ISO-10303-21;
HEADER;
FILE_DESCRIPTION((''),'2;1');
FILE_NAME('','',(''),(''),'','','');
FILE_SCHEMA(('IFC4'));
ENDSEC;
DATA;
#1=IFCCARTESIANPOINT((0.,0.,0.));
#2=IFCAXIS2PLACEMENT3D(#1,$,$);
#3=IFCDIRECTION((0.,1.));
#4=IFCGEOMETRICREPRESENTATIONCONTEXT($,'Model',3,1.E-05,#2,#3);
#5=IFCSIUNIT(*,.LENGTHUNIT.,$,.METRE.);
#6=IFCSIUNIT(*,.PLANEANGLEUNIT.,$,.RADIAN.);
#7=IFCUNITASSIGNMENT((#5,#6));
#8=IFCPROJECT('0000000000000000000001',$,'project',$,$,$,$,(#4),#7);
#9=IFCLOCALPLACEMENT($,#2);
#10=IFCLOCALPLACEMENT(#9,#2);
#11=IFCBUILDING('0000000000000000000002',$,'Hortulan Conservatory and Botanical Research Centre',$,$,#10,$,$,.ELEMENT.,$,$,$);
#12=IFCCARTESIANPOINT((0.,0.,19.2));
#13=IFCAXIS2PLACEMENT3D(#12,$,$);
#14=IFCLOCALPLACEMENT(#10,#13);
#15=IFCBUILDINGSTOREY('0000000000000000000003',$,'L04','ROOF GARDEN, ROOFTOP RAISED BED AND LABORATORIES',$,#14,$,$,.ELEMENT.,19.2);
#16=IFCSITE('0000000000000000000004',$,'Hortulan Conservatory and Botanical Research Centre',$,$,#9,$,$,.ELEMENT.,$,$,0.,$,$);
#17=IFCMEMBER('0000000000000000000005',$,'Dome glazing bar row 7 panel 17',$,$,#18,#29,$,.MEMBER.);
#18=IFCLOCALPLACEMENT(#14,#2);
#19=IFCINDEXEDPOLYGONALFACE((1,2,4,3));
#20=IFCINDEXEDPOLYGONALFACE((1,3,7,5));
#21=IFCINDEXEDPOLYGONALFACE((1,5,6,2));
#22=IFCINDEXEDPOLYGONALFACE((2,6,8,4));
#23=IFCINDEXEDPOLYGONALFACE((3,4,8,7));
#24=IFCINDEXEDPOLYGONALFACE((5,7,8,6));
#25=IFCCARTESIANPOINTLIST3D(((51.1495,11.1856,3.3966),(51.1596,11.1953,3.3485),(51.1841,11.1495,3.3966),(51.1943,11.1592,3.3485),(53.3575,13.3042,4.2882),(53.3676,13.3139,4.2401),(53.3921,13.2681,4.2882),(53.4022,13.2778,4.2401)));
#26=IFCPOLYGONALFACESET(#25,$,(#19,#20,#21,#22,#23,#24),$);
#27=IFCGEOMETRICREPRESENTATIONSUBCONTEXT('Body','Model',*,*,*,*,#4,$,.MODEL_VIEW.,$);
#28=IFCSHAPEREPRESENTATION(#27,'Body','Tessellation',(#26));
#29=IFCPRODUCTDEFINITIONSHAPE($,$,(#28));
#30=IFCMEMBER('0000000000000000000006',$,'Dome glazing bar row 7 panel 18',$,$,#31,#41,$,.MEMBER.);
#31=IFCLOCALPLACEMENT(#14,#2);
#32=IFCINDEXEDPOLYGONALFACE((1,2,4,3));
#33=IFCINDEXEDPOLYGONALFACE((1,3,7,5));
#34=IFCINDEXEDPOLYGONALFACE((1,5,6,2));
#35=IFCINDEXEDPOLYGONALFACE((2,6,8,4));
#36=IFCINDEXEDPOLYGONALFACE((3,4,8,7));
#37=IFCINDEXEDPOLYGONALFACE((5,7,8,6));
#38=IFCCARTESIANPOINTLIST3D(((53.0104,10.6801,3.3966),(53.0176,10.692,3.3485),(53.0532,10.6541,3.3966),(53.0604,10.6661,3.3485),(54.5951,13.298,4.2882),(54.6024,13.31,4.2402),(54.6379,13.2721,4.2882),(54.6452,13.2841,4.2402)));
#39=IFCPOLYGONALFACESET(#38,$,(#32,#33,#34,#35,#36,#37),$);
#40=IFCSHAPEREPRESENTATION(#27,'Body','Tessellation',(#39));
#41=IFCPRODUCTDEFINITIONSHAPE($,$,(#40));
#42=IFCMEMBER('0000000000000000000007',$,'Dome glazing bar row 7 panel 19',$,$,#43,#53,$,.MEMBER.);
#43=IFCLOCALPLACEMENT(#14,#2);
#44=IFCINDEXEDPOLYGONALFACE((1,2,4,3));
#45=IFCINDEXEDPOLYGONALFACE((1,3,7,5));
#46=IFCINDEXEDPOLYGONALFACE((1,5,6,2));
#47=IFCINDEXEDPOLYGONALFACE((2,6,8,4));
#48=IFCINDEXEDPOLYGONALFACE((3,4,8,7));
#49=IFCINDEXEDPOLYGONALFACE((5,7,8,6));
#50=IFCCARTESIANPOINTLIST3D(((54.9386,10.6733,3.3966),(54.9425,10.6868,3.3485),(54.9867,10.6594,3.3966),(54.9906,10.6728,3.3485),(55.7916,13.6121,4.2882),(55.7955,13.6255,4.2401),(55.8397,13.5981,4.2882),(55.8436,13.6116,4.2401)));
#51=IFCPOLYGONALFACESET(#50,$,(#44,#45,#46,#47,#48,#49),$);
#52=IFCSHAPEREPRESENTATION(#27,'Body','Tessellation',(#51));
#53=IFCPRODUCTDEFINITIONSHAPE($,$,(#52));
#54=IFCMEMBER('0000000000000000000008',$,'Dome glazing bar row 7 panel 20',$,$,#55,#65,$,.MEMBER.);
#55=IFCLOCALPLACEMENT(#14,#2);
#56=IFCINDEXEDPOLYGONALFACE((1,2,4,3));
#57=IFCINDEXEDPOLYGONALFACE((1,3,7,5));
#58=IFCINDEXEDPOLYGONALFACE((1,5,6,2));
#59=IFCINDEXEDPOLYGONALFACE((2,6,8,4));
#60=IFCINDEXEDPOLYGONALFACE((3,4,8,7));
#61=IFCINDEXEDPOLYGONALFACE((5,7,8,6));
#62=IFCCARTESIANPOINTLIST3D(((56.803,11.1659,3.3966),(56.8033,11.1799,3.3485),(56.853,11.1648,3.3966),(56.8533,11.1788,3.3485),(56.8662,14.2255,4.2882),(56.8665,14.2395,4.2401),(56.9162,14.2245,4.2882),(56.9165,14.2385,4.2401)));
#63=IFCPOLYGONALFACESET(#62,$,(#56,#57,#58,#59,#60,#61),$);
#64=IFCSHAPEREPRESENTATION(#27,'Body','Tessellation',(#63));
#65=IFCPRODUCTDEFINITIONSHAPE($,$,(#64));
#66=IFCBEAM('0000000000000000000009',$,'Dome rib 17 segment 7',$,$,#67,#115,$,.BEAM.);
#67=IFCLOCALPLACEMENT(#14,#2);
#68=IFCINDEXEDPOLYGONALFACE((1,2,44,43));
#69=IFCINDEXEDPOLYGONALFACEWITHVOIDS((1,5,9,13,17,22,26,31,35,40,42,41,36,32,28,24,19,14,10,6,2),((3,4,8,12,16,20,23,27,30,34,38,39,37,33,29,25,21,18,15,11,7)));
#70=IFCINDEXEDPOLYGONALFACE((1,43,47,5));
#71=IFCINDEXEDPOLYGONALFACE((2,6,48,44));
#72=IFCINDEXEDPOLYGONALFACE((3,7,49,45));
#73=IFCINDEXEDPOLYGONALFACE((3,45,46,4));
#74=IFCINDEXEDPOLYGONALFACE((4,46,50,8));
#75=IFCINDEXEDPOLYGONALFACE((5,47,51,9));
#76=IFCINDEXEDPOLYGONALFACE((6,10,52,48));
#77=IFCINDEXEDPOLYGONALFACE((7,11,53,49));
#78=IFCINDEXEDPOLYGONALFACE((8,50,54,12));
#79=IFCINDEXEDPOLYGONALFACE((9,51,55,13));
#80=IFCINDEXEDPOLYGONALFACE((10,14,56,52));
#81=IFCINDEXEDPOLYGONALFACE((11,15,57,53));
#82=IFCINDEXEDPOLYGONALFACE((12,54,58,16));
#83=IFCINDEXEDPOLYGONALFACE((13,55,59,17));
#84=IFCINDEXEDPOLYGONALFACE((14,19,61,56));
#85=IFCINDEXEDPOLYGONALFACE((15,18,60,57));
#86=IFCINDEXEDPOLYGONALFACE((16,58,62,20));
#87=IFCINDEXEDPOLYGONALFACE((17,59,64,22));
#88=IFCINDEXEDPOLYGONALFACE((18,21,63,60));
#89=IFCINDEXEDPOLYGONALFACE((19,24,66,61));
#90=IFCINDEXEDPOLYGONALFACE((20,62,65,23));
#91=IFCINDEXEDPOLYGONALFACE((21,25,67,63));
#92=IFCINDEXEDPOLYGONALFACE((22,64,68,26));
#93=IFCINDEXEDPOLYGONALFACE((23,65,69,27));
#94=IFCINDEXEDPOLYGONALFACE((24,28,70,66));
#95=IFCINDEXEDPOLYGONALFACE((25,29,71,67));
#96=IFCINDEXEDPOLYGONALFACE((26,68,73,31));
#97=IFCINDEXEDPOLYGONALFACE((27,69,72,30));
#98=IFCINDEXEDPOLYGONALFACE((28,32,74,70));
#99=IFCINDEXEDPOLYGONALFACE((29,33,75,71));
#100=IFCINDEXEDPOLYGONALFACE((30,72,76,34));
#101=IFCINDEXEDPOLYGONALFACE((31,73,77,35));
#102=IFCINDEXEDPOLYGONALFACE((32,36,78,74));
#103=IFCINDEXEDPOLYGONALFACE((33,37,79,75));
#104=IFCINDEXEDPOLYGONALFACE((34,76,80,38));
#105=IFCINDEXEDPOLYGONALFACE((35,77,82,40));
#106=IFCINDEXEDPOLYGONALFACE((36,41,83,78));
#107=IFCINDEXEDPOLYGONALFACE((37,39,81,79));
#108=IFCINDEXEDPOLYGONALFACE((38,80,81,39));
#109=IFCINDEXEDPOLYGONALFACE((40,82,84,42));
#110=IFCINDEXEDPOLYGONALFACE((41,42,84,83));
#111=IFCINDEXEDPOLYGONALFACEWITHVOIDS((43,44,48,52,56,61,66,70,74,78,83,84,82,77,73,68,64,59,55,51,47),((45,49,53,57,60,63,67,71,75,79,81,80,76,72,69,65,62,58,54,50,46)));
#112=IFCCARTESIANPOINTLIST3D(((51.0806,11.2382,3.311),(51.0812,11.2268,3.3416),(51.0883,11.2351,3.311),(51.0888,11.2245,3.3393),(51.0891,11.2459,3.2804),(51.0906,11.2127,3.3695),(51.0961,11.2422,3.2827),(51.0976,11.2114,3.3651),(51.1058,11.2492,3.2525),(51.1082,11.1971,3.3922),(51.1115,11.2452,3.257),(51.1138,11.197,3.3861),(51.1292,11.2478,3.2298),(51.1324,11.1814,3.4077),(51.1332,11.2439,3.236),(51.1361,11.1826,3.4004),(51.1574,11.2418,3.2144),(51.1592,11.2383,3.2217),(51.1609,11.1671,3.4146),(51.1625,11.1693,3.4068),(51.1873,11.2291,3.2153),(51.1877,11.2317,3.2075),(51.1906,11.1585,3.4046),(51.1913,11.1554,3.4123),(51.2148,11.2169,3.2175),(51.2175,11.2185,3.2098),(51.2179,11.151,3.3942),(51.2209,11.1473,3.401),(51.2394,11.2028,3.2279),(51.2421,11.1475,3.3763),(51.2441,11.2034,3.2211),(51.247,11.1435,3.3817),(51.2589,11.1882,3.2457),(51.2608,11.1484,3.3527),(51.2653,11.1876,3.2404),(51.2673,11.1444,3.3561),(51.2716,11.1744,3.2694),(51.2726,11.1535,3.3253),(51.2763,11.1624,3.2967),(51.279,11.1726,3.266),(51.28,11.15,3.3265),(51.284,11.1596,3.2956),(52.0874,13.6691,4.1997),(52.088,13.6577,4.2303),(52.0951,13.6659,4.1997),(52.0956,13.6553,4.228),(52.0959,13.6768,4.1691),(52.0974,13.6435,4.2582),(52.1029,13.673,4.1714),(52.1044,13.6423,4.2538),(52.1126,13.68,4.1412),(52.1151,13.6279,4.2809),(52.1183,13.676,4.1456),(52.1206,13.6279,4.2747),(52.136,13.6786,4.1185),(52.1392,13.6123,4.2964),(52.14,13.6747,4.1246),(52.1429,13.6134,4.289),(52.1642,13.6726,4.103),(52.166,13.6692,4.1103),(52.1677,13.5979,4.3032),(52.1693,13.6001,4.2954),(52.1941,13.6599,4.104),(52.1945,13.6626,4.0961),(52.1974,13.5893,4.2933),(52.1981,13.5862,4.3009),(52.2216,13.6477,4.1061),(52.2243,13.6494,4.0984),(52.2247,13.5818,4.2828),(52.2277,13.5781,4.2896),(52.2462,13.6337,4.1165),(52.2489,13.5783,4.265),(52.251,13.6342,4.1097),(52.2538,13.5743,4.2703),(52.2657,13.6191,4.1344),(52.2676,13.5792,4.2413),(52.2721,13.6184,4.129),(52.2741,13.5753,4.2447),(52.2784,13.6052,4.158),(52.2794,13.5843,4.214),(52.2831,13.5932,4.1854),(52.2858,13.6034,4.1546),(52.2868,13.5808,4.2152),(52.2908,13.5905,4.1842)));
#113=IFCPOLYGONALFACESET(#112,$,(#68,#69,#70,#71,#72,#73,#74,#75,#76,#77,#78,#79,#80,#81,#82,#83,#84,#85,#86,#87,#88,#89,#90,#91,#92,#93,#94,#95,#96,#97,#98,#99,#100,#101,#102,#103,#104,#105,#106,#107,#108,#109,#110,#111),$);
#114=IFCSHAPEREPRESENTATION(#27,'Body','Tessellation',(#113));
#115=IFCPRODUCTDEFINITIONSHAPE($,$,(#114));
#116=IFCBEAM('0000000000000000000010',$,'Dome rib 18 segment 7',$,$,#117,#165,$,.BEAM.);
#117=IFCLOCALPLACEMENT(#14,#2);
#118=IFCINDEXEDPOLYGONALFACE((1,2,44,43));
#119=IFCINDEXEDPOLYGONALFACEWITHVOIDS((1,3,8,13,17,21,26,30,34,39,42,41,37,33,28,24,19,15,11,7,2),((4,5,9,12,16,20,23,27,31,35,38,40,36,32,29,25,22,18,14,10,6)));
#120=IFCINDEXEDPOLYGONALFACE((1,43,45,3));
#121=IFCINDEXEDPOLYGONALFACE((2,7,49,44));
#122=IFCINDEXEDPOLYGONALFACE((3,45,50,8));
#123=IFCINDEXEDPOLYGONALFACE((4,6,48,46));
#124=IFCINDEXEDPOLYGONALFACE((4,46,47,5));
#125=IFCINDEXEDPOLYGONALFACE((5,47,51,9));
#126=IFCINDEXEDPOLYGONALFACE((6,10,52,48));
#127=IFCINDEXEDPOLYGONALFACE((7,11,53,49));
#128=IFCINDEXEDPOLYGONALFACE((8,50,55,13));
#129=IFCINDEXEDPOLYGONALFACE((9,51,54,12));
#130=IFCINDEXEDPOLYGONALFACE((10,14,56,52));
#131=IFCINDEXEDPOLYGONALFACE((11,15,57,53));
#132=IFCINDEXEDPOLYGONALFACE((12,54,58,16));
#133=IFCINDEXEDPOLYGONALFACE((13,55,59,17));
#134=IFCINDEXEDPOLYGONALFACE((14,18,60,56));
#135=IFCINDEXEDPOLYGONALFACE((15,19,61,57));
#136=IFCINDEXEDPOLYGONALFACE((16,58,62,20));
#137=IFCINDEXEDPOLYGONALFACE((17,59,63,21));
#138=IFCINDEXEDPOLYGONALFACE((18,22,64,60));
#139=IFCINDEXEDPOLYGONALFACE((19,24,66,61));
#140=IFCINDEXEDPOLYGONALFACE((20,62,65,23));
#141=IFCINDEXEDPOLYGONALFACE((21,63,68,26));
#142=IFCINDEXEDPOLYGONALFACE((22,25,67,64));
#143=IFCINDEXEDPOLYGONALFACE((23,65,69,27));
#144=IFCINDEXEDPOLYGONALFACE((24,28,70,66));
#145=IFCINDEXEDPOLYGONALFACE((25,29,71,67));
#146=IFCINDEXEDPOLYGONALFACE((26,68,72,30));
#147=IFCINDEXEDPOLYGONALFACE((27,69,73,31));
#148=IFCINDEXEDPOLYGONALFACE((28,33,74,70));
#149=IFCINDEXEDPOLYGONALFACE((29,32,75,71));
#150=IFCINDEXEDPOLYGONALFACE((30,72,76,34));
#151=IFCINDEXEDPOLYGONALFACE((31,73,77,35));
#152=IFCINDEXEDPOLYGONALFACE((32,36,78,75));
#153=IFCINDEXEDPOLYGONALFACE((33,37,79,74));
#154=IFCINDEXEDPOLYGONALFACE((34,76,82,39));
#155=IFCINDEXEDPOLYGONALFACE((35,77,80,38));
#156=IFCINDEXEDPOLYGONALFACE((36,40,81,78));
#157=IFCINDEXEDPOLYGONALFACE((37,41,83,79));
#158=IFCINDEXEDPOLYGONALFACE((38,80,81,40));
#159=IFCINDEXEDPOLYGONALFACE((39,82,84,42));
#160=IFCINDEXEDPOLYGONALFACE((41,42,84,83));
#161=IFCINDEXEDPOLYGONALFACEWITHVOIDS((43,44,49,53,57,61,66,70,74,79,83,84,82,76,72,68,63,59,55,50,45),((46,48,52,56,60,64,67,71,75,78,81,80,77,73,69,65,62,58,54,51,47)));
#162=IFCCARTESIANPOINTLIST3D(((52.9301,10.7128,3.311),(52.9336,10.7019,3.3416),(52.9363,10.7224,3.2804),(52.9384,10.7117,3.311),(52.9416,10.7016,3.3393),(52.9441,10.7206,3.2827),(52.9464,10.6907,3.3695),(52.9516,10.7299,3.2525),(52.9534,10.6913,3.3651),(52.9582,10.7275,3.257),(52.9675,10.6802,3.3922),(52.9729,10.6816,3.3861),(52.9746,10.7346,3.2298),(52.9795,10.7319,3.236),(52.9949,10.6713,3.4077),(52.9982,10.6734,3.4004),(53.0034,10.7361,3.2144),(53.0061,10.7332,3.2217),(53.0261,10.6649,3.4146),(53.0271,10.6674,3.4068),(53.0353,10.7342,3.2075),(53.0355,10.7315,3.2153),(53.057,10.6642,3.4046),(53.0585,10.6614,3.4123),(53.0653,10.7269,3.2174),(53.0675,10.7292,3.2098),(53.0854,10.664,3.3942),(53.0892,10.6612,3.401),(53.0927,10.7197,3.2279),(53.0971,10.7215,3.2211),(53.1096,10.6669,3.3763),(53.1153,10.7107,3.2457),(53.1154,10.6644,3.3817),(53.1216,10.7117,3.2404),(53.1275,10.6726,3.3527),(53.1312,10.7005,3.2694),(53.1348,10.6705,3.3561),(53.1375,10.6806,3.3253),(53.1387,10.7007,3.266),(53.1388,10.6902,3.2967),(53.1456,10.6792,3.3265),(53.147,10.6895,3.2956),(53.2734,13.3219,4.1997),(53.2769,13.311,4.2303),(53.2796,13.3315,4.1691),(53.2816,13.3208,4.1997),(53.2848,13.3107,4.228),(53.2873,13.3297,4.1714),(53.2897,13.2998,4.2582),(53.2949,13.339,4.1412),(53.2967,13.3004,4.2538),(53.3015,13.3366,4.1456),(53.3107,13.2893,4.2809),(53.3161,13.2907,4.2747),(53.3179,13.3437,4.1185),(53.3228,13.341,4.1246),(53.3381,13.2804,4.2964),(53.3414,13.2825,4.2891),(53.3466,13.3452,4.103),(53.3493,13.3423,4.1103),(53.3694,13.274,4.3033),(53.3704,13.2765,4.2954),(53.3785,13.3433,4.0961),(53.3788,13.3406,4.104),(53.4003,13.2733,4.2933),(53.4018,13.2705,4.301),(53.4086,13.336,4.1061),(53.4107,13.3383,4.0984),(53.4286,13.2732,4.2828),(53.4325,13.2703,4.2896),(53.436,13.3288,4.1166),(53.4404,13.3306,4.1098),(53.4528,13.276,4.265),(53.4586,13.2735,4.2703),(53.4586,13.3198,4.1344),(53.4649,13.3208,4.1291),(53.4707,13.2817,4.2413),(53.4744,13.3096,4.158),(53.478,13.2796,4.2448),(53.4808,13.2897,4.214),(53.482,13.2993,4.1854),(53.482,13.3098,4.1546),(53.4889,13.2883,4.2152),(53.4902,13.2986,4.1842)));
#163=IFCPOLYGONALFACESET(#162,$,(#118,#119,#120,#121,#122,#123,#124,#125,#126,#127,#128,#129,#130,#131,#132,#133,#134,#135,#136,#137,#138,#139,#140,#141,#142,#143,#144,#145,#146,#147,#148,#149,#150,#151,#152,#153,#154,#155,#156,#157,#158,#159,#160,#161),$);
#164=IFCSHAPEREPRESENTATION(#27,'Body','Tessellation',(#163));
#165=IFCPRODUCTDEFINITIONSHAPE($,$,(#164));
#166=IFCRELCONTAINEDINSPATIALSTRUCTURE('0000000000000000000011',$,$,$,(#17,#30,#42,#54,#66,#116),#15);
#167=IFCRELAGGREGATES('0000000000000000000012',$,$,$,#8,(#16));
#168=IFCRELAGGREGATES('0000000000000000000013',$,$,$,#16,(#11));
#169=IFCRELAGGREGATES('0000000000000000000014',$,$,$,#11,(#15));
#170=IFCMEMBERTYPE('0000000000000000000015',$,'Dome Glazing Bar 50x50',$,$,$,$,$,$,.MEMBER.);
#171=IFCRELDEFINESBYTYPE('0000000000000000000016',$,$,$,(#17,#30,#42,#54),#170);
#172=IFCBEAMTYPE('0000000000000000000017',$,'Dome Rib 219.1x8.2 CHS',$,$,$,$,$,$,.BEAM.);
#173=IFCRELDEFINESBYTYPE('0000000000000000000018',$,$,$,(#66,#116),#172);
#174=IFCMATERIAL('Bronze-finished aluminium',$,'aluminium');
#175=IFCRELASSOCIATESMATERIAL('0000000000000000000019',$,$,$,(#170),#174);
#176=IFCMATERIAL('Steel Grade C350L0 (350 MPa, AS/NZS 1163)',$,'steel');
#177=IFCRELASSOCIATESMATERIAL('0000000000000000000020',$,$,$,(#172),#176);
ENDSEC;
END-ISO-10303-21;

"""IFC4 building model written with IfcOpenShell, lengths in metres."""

from ifc_helpers import new_model, si_unit, direction, frame, origin, origin_2d, place, context, subcontext, project, spatial, rectangle, hollow_circle, extrude, material, material_profile, profile_set, type_object, element, save


model = new_model("IFC4")

# Units and contexts
model_context = context("Model", 3, precision=1e-05, world=origin(), true_north=direction((0.0, 1.0)))
body_context = subcontext(model_context, "Body", "Model", "MODEL_VIEW")
ifc_project = project(units=[si_unit("LENGTHUNIT", "METRE"), si_unit("PLANEANGLEUNIT", "RADIAN")], contexts=[model_context])

# Site, building, storey
site_placement = place(None, origin())
site = spatial("IfcSite", under=ifc_project, at=site_placement, Name="Hortulan Conservatory and Botanical Research Centre", CompositionType="ELEMENT", RefElevation=0.0)
building_placement = place(site_placement, origin())
building = spatial("IfcBuilding", under=site, at=building_placement, Name="Hortulan Conservatory and Botanical Research Centre", CompositionType="ELEMENT")
storey_placement = place(building_placement, frame((0.0, 0.0, 19.2)))
storey = spatial("IfcBuildingStorey", under=building, at=storey_placement, Name="L04", Description="ROOF GARDEN, ROOFTOP RAISED BED AND LABORATORIES", CompositionType="ELEMENT", Elevation=19.2)

# Members
ifc_material_1 = material(Name="Bronze-finished aluminium", Category="aluminium")
ifc_material_profile_1 = material_profile(ifc_material_1, rectangle(XDim=0.05, YDim=0.05, at=origin_2d()), Name="Square bar 50x50")
ifc_profile_set_1 = profile_set([ifc_material_profile_1], Name="Bronze-finished aluminium")
member_type_1 = type_object("IfcMemberType", Name="Dome Glazing Bar 50x50", PredefinedType="MEMBER", material=ifc_profile_set_1)
for number, where, z_axis, x_axis, name in (
    (1, (51.1719, 11.1724, 3.3726), (0.69275, 0.664715, 0.279735), (-0.692356, 0.721556, 0.0), "Dome glazing bar row 7 panel 17"),
):
    element("IfcMember", number, at=place(storey_placement, frame(where, z_axis=z_axis, x_axis=x_axis)), inside=storey, type_object=member_type_1, Name=name, PredefinedType="MEMBER", context=body_context, shape_type="SweptSolid", body=[
        extrude(rectangle(XDim=0.05, YDim=0.05, at=origin_2d()), origin(), (0.0, 0.0, 1.0), 3.1873),
    ])
member_1_placement = place(storey_placement, frame((53.0354, 10.6731, 3.3726), z_axis=(0.497175, 0.821323, 0.279723), x_axis=(-0.855473, 0.517847, 0.0)))
element("IfcMember", 2, at=member_1_placement, inside=storey, type_object=member_type_1, Name="Dome glazing bar row 7 panel 18", PredefinedType="MEMBER", context=body_context, shape_type="SweptSolid", body=[
    extrude(rectangle(XDim=0.05, YDim=0.05, at=origin_2d()), origin(), (0.0, 0.0, 1.0), 3.1875),
])
member_2_placement = place(storey_placement, frame((54.9646, 10.6731, 3.3726), z_axis=(0.267636, 0.922018, 0.279738), x_axis=(-0.960359, 0.278765, 0.0)))
element("IfcMember", 3, at=member_2_placement, inside=storey, type_object=member_type_1, Name="Dome glazing bar row 7 panel 19", PredefinedType="MEMBER", context=body_context, shape_type="SweptSolid", body=[
    extrude(rectangle(XDim=0.05, YDim=0.05, at=origin_2d()), origin(), (0.0, 0.0, 1.0), 3.1873),
])
member_3_placement = place(storey_placement, frame((56.8281, 11.1724, 3.3726), z_axis=(0.019838, 0.959876, 0.279721), x_axis=(-0.999787, 0.020663, 0.0)))
element("IfcMember", 4, at=member_3_placement, inside=storey, type_object=member_type_1, Name="Dome glazing bar row 7 panel 20", PredefinedType="MEMBER", context=body_context, shape_type="SweptSolid", body=[
    extrude(rectangle(XDim=0.05, YDim=0.05, at=origin_2d()), origin(), (0.0, 0.0, 1.0), 3.1875),
])

# Beams
ifc_material_2 = material(Name="Steel Grade C350L0 (350 MPa, AS/NZS 1163)", Category="steel")
ifc_material_profile_2 = material_profile(ifc_material_2, hollow_circle(Radius=0.1096, WallThickness=0.0083, at=origin_2d()), Name="219.1x8.2CHS")
ifc_profile_set_2 = profile_set([ifc_material_profile_2], Name="Steel Grade C350L0 (350 MPa, AS/NZS 1163)")
beam_type = type_object("IfcBeamType", Name="Dome Rib 219.1x8.2 CHS", PredefinedType="BEAM", material=ifc_profile_set_2)
beam_1_placement = place(storey_placement, frame((51.1819, 11.1963, 3.311), z_axis=(0.362538, 0.875313, 0.31999), x_axis=(-0.92389, 0.382658, 0.0)))
element("IfcBeam", 5, at=beam_1_placement, inside=storey, type_object=beam_type, Name="Dome rib 17 segment 7", PredefinedType="BEAM", context=body_context, shape_type="SweptSolid", body=[
    extrude(hollow_circle(Radius=0.1096, WallThickness=0.0083, at=origin_2d()), origin(), (0.0, 0.0, 1.0), 2.7771),
])
for number, where, z_axis, x_axis, name in (
    (6, (53.0388, 10.6985, 3.311), (0.123582, 0.939343, 0.319941), (-0.991457, 0.130438, 0.0), "Dome rib 18 segment 7"),
):
    element("IfcBeam", number, at=place(storey_placement, frame(where, z_axis=z_axis, x_axis=x_axis)), inside=storey, type_object=beam_type, Name=name, PredefinedType="BEAM", context=body_context, shape_type="SweptSolid", body=[
        extrude(hollow_circle(Radius=0.1096, WallThickness=0.0083, at=origin_2d()), origin(), (0.0, 0.0, 1.0), 2.7776),
    ])

save(model, "model.ifc")
